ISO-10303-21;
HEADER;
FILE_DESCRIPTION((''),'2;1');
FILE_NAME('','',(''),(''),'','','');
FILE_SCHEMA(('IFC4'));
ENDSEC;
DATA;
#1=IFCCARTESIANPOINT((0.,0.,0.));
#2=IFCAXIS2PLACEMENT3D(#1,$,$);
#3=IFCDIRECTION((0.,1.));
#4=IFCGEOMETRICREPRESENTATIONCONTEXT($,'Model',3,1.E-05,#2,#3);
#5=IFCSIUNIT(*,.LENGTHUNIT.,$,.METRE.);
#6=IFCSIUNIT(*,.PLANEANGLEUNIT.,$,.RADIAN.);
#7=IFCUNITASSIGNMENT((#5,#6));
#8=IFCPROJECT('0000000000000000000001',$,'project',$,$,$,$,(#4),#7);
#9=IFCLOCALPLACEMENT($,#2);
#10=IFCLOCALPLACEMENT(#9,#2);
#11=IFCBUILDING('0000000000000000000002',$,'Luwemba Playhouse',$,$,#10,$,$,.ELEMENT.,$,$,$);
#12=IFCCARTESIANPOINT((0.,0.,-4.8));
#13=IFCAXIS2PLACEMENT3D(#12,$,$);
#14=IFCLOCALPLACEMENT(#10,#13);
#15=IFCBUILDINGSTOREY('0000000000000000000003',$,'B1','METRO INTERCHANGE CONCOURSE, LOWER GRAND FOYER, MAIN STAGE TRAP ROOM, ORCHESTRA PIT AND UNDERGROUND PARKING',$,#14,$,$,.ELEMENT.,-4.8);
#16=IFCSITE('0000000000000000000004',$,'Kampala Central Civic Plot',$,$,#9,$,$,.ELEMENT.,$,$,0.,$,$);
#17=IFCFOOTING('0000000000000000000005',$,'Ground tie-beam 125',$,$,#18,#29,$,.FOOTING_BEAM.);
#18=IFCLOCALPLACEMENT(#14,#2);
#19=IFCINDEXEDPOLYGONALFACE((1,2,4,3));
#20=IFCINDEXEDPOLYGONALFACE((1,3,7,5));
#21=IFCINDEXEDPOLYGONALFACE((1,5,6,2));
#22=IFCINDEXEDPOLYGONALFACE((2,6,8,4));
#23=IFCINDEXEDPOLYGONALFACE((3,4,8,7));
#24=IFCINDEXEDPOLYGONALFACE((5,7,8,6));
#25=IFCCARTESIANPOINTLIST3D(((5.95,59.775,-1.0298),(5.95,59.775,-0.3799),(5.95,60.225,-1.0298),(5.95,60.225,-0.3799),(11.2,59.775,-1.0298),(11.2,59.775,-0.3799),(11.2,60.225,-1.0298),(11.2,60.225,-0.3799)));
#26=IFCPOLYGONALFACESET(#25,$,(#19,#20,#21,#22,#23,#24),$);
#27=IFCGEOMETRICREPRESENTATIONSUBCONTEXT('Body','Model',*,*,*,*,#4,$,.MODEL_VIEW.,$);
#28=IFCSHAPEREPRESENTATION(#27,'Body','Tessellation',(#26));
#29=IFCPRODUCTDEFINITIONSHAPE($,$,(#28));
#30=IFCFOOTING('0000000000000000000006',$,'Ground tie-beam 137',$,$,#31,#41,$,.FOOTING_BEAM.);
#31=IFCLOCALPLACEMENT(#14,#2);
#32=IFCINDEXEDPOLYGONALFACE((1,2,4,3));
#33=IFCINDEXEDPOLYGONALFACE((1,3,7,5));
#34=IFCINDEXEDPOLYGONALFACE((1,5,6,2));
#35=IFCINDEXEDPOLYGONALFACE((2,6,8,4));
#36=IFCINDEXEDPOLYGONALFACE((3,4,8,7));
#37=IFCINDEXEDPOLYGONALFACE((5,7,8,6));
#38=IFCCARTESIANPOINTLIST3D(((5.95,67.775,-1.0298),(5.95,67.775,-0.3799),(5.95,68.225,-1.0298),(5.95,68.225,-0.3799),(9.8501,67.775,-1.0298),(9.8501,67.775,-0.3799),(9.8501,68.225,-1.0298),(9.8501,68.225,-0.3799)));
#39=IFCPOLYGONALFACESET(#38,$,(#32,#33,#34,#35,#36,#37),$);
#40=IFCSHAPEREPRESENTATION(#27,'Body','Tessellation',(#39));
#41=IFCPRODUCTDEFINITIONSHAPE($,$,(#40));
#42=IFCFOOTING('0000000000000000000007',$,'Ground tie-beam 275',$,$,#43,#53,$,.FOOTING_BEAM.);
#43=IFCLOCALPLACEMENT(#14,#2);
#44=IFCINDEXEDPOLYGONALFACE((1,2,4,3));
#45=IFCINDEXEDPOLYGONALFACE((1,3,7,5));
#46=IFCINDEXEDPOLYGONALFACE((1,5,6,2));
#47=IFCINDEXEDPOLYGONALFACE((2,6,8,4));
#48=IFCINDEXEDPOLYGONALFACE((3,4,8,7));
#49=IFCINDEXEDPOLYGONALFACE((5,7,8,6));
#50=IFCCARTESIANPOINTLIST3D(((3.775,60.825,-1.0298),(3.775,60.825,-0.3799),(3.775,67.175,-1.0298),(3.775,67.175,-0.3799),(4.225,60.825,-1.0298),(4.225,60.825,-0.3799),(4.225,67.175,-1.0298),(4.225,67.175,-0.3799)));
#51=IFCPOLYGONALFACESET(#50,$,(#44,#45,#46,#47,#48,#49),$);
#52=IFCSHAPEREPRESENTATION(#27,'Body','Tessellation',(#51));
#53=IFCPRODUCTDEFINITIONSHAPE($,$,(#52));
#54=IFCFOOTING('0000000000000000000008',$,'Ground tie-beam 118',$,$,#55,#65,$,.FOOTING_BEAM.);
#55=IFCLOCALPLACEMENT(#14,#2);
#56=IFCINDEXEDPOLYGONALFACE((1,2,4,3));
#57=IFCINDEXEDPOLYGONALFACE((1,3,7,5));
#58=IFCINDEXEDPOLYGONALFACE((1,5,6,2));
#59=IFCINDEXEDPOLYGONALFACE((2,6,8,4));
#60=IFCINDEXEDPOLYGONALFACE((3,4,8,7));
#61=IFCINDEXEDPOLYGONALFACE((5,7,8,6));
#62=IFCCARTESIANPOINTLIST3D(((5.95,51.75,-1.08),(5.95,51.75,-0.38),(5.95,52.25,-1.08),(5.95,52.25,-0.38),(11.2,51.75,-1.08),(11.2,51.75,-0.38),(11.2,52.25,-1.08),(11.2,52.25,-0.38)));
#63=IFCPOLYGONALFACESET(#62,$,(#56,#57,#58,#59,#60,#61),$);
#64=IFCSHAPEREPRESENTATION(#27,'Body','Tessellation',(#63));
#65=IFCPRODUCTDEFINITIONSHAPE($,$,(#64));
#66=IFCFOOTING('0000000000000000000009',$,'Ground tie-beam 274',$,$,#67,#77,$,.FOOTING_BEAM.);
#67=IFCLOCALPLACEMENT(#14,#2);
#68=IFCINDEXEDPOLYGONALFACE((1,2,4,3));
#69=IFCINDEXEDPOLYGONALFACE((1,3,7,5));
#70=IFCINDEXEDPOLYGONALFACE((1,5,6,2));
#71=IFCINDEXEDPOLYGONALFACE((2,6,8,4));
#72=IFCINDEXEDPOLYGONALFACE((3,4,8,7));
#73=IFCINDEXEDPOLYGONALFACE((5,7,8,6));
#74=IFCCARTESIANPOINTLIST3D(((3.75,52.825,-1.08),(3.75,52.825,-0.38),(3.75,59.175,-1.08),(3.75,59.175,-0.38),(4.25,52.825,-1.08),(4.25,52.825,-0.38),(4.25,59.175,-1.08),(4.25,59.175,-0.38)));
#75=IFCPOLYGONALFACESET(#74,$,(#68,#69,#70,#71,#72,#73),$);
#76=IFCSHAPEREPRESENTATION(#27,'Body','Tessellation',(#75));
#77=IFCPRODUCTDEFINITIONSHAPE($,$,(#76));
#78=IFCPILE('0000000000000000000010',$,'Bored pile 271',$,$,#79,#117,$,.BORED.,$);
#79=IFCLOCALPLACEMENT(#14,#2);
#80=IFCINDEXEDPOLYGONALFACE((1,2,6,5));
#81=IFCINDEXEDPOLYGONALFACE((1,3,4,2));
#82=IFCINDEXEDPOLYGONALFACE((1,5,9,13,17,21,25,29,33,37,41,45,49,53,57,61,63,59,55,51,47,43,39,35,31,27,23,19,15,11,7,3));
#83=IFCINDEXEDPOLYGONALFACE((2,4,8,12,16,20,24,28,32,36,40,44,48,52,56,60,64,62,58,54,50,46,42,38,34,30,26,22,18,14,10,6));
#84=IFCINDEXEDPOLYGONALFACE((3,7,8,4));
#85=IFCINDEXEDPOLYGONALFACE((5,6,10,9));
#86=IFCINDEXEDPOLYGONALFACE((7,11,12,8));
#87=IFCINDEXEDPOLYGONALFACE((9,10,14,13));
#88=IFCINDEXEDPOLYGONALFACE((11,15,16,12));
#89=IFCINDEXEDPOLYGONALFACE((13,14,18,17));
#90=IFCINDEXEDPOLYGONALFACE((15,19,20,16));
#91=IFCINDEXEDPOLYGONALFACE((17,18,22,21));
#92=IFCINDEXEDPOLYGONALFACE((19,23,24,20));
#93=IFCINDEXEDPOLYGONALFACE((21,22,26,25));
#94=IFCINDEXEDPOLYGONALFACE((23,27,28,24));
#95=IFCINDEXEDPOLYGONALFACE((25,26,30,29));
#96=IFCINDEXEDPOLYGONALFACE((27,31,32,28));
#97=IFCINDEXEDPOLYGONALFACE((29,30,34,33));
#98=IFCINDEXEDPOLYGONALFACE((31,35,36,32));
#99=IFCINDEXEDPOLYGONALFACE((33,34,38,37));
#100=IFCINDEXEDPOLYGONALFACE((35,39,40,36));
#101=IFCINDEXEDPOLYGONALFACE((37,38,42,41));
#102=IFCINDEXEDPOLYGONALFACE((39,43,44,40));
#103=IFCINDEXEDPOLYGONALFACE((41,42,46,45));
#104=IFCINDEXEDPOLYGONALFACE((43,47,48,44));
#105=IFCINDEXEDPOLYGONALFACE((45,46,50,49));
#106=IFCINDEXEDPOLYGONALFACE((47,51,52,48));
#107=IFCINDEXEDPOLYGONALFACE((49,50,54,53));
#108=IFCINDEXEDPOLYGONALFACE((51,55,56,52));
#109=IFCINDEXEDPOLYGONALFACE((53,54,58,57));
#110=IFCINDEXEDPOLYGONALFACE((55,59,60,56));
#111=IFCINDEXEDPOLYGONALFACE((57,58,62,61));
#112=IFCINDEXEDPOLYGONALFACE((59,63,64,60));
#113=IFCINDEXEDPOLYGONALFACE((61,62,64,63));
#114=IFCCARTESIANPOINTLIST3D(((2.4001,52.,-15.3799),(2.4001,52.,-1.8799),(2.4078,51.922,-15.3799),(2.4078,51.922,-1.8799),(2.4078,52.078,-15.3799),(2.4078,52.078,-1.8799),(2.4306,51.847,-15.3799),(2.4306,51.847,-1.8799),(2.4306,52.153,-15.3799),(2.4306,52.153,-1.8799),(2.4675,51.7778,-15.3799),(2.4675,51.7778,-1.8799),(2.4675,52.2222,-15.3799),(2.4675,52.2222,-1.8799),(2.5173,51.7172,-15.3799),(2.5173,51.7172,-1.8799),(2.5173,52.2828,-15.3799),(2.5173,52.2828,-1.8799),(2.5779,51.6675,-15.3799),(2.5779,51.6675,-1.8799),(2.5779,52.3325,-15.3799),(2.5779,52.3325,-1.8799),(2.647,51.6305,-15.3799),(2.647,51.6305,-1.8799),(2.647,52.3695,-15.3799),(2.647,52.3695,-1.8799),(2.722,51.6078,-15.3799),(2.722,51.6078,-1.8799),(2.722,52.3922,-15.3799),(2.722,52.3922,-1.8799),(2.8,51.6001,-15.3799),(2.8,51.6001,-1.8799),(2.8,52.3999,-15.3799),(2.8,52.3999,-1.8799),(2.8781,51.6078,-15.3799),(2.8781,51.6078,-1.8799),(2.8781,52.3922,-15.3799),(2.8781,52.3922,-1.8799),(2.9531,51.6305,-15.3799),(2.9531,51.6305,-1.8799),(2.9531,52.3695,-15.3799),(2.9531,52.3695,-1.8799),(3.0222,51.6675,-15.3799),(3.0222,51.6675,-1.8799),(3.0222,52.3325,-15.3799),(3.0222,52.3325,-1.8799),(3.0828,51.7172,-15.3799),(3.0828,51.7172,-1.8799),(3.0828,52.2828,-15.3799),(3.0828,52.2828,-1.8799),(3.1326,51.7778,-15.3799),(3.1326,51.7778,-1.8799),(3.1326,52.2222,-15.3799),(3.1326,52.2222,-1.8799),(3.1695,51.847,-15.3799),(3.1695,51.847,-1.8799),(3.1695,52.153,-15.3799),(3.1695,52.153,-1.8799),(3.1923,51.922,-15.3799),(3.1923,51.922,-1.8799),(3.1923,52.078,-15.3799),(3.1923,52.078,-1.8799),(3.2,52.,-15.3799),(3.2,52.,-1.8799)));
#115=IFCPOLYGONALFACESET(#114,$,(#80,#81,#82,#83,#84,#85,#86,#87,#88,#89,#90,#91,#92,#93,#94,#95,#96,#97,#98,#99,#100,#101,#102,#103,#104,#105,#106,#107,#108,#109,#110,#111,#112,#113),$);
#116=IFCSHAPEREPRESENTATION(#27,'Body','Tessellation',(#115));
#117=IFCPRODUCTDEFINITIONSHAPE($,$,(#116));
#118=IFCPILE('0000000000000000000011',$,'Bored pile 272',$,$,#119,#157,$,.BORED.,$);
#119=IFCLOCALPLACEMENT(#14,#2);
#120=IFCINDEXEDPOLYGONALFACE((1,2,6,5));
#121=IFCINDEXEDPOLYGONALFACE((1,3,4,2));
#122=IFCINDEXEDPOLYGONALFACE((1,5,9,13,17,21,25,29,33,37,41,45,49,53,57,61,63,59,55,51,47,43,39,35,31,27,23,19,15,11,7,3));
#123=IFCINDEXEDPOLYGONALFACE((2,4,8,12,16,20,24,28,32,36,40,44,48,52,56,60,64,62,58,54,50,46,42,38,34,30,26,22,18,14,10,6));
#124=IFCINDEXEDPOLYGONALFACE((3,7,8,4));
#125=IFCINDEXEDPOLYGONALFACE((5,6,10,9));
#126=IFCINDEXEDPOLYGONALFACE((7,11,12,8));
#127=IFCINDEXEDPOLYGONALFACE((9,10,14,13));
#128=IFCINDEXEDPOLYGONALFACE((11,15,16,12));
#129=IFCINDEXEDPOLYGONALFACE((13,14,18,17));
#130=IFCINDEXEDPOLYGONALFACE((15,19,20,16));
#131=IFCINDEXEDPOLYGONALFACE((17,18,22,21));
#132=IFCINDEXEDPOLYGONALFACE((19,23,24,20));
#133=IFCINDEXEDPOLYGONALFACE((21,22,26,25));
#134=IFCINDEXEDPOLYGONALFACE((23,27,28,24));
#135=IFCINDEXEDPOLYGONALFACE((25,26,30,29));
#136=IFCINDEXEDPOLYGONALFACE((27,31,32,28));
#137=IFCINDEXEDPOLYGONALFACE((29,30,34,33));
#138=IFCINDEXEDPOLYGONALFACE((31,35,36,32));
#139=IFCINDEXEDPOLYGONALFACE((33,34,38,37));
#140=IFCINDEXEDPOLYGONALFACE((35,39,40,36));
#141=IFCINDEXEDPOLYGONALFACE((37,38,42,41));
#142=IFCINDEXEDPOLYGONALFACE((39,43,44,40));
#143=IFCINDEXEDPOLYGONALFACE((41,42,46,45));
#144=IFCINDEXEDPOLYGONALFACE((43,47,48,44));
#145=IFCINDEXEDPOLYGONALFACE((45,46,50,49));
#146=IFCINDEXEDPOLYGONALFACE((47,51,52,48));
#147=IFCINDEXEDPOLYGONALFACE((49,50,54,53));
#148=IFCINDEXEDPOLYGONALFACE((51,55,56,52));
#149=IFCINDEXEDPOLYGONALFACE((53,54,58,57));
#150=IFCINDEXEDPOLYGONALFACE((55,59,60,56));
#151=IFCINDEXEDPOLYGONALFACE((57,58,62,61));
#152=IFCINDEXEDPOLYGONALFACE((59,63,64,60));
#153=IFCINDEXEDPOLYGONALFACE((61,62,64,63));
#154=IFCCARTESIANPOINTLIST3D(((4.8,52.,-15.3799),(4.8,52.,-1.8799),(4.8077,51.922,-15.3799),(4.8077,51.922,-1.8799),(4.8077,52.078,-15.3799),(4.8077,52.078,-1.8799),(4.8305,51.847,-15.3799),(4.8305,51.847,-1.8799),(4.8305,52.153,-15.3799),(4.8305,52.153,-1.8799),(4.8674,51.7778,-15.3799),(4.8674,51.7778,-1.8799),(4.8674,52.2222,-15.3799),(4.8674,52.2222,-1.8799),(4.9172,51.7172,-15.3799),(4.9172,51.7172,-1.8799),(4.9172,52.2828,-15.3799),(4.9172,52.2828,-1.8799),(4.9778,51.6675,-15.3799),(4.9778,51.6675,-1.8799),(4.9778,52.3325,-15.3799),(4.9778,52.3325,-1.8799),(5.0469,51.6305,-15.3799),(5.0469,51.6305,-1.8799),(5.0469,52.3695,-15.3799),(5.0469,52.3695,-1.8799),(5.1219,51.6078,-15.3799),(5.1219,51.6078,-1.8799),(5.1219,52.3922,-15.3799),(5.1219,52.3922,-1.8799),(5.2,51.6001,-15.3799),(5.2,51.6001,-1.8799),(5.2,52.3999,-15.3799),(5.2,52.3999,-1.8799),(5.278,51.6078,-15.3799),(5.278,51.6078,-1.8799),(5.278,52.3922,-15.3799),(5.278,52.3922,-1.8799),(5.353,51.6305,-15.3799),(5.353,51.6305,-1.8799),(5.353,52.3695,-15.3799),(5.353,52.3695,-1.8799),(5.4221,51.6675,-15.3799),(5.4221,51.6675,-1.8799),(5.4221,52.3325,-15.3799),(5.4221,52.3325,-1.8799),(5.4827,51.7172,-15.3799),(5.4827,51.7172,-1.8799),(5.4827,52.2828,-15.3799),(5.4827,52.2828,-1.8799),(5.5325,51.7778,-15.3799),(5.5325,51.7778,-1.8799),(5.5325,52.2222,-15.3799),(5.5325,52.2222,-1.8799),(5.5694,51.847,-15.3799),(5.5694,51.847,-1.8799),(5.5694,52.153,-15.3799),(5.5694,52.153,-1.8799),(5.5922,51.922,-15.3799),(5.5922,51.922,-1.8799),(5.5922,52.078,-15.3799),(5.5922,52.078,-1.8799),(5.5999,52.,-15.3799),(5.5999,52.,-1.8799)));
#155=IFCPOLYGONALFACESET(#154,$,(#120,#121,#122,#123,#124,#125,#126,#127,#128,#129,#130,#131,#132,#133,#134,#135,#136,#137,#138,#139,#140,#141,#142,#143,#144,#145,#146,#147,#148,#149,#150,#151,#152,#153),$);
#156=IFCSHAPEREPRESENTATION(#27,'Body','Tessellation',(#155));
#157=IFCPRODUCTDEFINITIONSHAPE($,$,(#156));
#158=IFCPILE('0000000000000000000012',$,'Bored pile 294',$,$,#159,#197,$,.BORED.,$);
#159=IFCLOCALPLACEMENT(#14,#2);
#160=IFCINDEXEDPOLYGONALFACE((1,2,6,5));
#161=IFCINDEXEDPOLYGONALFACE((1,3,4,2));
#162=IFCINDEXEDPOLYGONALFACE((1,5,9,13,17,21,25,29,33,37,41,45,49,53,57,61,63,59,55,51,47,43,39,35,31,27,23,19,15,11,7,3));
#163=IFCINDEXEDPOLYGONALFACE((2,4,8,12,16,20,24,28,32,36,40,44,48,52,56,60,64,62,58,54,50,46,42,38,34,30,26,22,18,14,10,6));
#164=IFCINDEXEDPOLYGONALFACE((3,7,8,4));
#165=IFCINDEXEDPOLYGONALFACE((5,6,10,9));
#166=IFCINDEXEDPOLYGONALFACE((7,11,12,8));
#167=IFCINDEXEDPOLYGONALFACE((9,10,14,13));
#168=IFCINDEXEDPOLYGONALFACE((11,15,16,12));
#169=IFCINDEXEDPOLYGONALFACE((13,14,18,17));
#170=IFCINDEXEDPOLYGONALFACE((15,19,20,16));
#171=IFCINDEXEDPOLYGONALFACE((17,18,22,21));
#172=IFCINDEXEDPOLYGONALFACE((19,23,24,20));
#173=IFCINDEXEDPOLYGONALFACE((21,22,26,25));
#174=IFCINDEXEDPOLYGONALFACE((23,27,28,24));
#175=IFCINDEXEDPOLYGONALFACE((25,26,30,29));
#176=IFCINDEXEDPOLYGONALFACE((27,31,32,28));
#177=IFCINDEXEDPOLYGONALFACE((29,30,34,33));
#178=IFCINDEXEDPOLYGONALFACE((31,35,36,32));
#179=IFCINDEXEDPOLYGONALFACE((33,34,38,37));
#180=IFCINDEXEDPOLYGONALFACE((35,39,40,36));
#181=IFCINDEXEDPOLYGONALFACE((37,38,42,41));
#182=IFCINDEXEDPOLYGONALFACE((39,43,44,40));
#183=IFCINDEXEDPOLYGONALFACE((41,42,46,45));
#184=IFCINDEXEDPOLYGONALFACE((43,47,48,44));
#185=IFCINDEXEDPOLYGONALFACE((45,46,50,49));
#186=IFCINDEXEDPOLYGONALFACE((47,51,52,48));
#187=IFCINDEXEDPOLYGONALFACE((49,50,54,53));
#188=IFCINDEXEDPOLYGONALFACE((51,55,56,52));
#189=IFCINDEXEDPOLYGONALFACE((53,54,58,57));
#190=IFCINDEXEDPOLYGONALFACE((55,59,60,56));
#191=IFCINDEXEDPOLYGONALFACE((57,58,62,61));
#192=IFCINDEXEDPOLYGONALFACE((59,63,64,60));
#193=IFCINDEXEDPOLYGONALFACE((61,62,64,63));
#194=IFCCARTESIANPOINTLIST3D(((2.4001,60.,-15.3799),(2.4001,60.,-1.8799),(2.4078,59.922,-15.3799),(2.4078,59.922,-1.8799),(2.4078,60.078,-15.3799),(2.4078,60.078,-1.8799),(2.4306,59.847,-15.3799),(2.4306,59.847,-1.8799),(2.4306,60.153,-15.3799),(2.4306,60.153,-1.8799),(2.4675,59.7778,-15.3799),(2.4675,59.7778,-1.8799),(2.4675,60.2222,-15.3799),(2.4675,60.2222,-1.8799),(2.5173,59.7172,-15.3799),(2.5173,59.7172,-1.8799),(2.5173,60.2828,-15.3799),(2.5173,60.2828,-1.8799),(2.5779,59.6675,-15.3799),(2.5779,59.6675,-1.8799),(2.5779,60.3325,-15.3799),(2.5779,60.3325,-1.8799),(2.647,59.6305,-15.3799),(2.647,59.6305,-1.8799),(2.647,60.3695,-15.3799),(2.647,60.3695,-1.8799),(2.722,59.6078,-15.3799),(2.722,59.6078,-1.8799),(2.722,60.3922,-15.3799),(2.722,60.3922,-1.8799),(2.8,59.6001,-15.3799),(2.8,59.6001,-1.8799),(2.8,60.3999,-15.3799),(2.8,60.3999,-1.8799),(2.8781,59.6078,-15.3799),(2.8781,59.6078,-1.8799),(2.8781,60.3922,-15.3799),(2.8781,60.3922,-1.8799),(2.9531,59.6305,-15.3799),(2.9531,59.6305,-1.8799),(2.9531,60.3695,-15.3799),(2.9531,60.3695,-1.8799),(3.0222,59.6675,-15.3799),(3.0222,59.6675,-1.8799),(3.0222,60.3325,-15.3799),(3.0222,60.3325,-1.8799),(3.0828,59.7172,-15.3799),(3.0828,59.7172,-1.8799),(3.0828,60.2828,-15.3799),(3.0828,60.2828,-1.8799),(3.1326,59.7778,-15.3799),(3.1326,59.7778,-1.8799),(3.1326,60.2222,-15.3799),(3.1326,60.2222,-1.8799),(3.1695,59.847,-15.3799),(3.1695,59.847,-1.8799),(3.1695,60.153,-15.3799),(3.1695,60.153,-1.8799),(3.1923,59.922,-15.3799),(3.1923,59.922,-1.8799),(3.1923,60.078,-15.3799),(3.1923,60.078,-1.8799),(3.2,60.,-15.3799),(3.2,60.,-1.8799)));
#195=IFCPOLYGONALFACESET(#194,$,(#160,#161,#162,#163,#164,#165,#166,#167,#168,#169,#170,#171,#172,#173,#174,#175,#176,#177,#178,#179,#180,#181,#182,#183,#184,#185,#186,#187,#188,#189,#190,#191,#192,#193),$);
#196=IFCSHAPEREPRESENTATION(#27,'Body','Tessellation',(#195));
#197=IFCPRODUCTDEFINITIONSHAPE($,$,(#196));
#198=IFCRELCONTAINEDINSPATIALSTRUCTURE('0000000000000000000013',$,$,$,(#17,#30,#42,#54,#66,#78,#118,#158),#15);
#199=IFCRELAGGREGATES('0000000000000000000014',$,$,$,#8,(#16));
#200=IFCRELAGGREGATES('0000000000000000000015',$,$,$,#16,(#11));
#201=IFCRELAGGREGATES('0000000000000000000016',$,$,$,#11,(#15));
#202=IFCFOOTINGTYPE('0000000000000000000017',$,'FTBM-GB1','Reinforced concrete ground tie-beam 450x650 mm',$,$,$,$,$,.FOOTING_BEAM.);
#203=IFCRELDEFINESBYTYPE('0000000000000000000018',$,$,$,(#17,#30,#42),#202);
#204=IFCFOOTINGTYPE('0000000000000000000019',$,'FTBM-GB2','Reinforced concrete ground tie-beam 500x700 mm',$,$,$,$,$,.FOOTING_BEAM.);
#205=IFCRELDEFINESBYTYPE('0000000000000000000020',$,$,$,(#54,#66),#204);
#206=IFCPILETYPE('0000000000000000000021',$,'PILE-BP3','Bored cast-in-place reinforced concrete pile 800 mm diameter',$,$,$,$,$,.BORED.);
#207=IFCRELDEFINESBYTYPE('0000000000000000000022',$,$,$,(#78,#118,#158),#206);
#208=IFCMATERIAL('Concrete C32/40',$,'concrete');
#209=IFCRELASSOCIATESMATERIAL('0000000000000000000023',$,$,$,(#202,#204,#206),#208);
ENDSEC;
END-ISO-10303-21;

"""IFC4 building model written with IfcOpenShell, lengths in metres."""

from ifc_helpers import new_model, si_unit, direction, frame, origin, origin_2d, place, context, subcontext, project, spatial, rectangle, circle, extrude, material, material_profile, profile_set, type_object, element, save


model = new_model("IFC4")

# Units and contexts
model_context = context("Model", 3, precision=1e-05, world=origin(), true_north=direction((0.0, 1.0)))
body_context = subcontext(model_context, "Body", "Model", "MODEL_VIEW")
ifc_project = project(units=[si_unit("LENGTHUNIT", "METRE"), si_unit("PLANEANGLEUNIT", "RADIAN")], contexts=[model_context])

# Site, building, storey
site_placement = place(None, origin())
site = spatial("IfcSite", under=ifc_project, at=site_placement, Name="Kampala Central Civic Plot", CompositionType="ELEMENT", RefElevation=0.0)
building_placement = place(site_placement, origin())
building = spatial("IfcBuilding", under=site, at=building_placement, Name="Luwemba Playhouse", CompositionType="ELEMENT")
storey_placement = place(building_placement, frame((0.0, 0.0, -4.8)))
storey = spatial("IfcBuildingStorey", under=building, at=storey_placement, Name="B1", Description="METRO INTERCHANGE CONCOURSE, LOWER GRAND FOYER, MAIN STAGE TRAP ROOM, ORCHESTRA PIT AND UNDERGROUND PARKING", CompositionType="ELEMENT", Elevation=-4.8)

# Footings
ifc_material_1 = material(Name="Concrete C32/40", Category="concrete")
ifc_material_profile_1 = material_profile(ifc_material_1, rectangle(XDim=0.45, YDim=0.6499, at=origin_2d()))
ifc_profile_set_1 = profile_set([ifc_material_profile_1], Name="Concrete C32/40")
footing_type_1 = type_object("IfcFootingType", Name="FTBM-GB1", Description="Reinforced concrete ground tie-beam 450x650 mm", PredefinedType="FOOTING_BEAM", material=ifc_profile_set_1)
footing_1_placement = place(storey_placement, frame((5.95, 60.0, -0.7048), z_axis=(1.0, 0.0, 0.0), x_axis=(0.0, 1.0, 0.0)))
element("IfcFooting", 1, at=footing_1_placement, inside=storey, type_object=footing_type_1, Name="Ground tie-beam 125", PredefinedType="FOOTING_BEAM", context=body_context, shape_type="SweptSolid", body=[
    extrude(rectangle(XDim=0.45, YDim=0.6499, at=origin_2d()), origin(), (0.0, 0.0, 1.0), 5.25),
])
footing_2_placement = place(storey_placement, frame((5.95, 68.0, -0.7048), z_axis=(1.0, 0.0, 0.0), x_axis=(0.0, 1.0, 0.0)))
element("IfcFooting", 2, at=footing_2_placement, inside=storey, type_object=footing_type_1, Name="Ground tie-beam 137", PredefinedType="FOOTING_BEAM", context=body_context, shape_type="SweptSolid", body=[
    extrude(rectangle(XDim=0.45, YDim=0.6499, at=origin_2d()), origin(), (0.0, 0.0, 1.0), 3.9001),
])
footing_3_placement = place(storey_placement, frame((4.0, 60.825, -0.7048), z_axis=(0.0, 1.0, 0.0), x_axis=(-1.0, 0.0, 0.0)))
element("IfcFooting", 3, at=footing_3_placement, inside=storey, type_object=footing_type_1, Name="Ground tie-beam 275", PredefinedType="FOOTING_BEAM", context=body_context, shape_type="SweptSolid", body=[
    extrude(rectangle(XDim=0.45, YDim=0.6499, at=origin_2d()), origin(), (0.0, 0.0, 1.0), 6.3501),
])
ifc_material_profile_2 = material_profile(ifc_material_1, rectangle(XDim=0.5, YDim=0.7, at=origin_2d()))
ifc_profile_set_2 = profile_set([ifc_material_profile_2], Name="Concrete C32/40")
footing_type_2 = type_object("IfcFootingType", Name="FTBM-GB2", Description="Reinforced concrete ground tie-beam 500x700 mm", PredefinedType="FOOTING_BEAM", material=ifc_profile_set_2)
footing_4_placement = place(storey_placement, frame((5.95, 52.0, -0.73), z_axis=(1.0, 0.0, 0.0), x_axis=(0.0, 1.0, 0.0)))
element("IfcFooting", 4, at=footing_4_placement, inside=storey, type_object=footing_type_2, Name="Ground tie-beam 118", PredefinedType="FOOTING_BEAM", context=body_context, shape_type="SweptSolid", body=[
    extrude(rectangle(XDim=0.5, YDim=0.7, at=origin_2d()), origin(), (0.0, 0.0, 1.0), 5.25),
])
footing_5_placement = place(storey_placement, frame((4.0, 52.825, -0.73), z_axis=(0.0, 1.0, 0.0), x_axis=(-1.0, 0.0, 0.0)))
element("IfcFooting", 5, at=footing_5_placement, inside=storey, type_object=footing_type_2, Name="Ground tie-beam 274", PredefinedType="FOOTING_BEAM", context=body_context, shape_type="SweptSolid", body=[
    extrude(rectangle(XDim=0.5, YDim=0.7, at=origin_2d()), origin(), (0.0, 0.0, 1.0), 6.3501),
])

# Piles
ifc_material_profile_3 = material_profile(ifc_material_1, circle(Radius=0.3999, at=origin_2d()))
ifc_profile_set_3 = profile_set([ifc_material_profile_3], Name="Concrete C32/40")
pile_type = type_object("IfcPileType", Name="PILE-BP3", Description="Bored cast-in-place reinforced concrete pile 800 mm diameter", PredefinedType="BORED", material=ifc_profile_set_3)
for number, where, z_axis, x_axis, name in (
    (6, (2.8, 52.0, -1.8799), (0.0, 0.0, -1.0), (1.0, 0.0, 0.0), "Bored pile 271"),
    (7, (5.2, 52.0, -1.8799), (0.0, 0.0, -1.0), (1.0, 0.0, 0.0), "Bored pile 272"),
    (8, (2.8, 60.0, -1.8799), (0.0, 0.0, -1.0), (1.0, 0.0, 0.0), "Bored pile 294"),
):
    element("IfcPile", number, at=place(storey_placement, frame(where, z_axis=z_axis, x_axis=x_axis)), inside=storey, type_object=pile_type, Name=name, PredefinedType="BORED", context=body_context, shape_type="SweptSolid", body=[
        extrude(circle(Radius=0.3999, at=origin_2d()), origin(), (0.0, 0.0, 1.0), 13.5),
    ])

save(model, "model.ifc")
